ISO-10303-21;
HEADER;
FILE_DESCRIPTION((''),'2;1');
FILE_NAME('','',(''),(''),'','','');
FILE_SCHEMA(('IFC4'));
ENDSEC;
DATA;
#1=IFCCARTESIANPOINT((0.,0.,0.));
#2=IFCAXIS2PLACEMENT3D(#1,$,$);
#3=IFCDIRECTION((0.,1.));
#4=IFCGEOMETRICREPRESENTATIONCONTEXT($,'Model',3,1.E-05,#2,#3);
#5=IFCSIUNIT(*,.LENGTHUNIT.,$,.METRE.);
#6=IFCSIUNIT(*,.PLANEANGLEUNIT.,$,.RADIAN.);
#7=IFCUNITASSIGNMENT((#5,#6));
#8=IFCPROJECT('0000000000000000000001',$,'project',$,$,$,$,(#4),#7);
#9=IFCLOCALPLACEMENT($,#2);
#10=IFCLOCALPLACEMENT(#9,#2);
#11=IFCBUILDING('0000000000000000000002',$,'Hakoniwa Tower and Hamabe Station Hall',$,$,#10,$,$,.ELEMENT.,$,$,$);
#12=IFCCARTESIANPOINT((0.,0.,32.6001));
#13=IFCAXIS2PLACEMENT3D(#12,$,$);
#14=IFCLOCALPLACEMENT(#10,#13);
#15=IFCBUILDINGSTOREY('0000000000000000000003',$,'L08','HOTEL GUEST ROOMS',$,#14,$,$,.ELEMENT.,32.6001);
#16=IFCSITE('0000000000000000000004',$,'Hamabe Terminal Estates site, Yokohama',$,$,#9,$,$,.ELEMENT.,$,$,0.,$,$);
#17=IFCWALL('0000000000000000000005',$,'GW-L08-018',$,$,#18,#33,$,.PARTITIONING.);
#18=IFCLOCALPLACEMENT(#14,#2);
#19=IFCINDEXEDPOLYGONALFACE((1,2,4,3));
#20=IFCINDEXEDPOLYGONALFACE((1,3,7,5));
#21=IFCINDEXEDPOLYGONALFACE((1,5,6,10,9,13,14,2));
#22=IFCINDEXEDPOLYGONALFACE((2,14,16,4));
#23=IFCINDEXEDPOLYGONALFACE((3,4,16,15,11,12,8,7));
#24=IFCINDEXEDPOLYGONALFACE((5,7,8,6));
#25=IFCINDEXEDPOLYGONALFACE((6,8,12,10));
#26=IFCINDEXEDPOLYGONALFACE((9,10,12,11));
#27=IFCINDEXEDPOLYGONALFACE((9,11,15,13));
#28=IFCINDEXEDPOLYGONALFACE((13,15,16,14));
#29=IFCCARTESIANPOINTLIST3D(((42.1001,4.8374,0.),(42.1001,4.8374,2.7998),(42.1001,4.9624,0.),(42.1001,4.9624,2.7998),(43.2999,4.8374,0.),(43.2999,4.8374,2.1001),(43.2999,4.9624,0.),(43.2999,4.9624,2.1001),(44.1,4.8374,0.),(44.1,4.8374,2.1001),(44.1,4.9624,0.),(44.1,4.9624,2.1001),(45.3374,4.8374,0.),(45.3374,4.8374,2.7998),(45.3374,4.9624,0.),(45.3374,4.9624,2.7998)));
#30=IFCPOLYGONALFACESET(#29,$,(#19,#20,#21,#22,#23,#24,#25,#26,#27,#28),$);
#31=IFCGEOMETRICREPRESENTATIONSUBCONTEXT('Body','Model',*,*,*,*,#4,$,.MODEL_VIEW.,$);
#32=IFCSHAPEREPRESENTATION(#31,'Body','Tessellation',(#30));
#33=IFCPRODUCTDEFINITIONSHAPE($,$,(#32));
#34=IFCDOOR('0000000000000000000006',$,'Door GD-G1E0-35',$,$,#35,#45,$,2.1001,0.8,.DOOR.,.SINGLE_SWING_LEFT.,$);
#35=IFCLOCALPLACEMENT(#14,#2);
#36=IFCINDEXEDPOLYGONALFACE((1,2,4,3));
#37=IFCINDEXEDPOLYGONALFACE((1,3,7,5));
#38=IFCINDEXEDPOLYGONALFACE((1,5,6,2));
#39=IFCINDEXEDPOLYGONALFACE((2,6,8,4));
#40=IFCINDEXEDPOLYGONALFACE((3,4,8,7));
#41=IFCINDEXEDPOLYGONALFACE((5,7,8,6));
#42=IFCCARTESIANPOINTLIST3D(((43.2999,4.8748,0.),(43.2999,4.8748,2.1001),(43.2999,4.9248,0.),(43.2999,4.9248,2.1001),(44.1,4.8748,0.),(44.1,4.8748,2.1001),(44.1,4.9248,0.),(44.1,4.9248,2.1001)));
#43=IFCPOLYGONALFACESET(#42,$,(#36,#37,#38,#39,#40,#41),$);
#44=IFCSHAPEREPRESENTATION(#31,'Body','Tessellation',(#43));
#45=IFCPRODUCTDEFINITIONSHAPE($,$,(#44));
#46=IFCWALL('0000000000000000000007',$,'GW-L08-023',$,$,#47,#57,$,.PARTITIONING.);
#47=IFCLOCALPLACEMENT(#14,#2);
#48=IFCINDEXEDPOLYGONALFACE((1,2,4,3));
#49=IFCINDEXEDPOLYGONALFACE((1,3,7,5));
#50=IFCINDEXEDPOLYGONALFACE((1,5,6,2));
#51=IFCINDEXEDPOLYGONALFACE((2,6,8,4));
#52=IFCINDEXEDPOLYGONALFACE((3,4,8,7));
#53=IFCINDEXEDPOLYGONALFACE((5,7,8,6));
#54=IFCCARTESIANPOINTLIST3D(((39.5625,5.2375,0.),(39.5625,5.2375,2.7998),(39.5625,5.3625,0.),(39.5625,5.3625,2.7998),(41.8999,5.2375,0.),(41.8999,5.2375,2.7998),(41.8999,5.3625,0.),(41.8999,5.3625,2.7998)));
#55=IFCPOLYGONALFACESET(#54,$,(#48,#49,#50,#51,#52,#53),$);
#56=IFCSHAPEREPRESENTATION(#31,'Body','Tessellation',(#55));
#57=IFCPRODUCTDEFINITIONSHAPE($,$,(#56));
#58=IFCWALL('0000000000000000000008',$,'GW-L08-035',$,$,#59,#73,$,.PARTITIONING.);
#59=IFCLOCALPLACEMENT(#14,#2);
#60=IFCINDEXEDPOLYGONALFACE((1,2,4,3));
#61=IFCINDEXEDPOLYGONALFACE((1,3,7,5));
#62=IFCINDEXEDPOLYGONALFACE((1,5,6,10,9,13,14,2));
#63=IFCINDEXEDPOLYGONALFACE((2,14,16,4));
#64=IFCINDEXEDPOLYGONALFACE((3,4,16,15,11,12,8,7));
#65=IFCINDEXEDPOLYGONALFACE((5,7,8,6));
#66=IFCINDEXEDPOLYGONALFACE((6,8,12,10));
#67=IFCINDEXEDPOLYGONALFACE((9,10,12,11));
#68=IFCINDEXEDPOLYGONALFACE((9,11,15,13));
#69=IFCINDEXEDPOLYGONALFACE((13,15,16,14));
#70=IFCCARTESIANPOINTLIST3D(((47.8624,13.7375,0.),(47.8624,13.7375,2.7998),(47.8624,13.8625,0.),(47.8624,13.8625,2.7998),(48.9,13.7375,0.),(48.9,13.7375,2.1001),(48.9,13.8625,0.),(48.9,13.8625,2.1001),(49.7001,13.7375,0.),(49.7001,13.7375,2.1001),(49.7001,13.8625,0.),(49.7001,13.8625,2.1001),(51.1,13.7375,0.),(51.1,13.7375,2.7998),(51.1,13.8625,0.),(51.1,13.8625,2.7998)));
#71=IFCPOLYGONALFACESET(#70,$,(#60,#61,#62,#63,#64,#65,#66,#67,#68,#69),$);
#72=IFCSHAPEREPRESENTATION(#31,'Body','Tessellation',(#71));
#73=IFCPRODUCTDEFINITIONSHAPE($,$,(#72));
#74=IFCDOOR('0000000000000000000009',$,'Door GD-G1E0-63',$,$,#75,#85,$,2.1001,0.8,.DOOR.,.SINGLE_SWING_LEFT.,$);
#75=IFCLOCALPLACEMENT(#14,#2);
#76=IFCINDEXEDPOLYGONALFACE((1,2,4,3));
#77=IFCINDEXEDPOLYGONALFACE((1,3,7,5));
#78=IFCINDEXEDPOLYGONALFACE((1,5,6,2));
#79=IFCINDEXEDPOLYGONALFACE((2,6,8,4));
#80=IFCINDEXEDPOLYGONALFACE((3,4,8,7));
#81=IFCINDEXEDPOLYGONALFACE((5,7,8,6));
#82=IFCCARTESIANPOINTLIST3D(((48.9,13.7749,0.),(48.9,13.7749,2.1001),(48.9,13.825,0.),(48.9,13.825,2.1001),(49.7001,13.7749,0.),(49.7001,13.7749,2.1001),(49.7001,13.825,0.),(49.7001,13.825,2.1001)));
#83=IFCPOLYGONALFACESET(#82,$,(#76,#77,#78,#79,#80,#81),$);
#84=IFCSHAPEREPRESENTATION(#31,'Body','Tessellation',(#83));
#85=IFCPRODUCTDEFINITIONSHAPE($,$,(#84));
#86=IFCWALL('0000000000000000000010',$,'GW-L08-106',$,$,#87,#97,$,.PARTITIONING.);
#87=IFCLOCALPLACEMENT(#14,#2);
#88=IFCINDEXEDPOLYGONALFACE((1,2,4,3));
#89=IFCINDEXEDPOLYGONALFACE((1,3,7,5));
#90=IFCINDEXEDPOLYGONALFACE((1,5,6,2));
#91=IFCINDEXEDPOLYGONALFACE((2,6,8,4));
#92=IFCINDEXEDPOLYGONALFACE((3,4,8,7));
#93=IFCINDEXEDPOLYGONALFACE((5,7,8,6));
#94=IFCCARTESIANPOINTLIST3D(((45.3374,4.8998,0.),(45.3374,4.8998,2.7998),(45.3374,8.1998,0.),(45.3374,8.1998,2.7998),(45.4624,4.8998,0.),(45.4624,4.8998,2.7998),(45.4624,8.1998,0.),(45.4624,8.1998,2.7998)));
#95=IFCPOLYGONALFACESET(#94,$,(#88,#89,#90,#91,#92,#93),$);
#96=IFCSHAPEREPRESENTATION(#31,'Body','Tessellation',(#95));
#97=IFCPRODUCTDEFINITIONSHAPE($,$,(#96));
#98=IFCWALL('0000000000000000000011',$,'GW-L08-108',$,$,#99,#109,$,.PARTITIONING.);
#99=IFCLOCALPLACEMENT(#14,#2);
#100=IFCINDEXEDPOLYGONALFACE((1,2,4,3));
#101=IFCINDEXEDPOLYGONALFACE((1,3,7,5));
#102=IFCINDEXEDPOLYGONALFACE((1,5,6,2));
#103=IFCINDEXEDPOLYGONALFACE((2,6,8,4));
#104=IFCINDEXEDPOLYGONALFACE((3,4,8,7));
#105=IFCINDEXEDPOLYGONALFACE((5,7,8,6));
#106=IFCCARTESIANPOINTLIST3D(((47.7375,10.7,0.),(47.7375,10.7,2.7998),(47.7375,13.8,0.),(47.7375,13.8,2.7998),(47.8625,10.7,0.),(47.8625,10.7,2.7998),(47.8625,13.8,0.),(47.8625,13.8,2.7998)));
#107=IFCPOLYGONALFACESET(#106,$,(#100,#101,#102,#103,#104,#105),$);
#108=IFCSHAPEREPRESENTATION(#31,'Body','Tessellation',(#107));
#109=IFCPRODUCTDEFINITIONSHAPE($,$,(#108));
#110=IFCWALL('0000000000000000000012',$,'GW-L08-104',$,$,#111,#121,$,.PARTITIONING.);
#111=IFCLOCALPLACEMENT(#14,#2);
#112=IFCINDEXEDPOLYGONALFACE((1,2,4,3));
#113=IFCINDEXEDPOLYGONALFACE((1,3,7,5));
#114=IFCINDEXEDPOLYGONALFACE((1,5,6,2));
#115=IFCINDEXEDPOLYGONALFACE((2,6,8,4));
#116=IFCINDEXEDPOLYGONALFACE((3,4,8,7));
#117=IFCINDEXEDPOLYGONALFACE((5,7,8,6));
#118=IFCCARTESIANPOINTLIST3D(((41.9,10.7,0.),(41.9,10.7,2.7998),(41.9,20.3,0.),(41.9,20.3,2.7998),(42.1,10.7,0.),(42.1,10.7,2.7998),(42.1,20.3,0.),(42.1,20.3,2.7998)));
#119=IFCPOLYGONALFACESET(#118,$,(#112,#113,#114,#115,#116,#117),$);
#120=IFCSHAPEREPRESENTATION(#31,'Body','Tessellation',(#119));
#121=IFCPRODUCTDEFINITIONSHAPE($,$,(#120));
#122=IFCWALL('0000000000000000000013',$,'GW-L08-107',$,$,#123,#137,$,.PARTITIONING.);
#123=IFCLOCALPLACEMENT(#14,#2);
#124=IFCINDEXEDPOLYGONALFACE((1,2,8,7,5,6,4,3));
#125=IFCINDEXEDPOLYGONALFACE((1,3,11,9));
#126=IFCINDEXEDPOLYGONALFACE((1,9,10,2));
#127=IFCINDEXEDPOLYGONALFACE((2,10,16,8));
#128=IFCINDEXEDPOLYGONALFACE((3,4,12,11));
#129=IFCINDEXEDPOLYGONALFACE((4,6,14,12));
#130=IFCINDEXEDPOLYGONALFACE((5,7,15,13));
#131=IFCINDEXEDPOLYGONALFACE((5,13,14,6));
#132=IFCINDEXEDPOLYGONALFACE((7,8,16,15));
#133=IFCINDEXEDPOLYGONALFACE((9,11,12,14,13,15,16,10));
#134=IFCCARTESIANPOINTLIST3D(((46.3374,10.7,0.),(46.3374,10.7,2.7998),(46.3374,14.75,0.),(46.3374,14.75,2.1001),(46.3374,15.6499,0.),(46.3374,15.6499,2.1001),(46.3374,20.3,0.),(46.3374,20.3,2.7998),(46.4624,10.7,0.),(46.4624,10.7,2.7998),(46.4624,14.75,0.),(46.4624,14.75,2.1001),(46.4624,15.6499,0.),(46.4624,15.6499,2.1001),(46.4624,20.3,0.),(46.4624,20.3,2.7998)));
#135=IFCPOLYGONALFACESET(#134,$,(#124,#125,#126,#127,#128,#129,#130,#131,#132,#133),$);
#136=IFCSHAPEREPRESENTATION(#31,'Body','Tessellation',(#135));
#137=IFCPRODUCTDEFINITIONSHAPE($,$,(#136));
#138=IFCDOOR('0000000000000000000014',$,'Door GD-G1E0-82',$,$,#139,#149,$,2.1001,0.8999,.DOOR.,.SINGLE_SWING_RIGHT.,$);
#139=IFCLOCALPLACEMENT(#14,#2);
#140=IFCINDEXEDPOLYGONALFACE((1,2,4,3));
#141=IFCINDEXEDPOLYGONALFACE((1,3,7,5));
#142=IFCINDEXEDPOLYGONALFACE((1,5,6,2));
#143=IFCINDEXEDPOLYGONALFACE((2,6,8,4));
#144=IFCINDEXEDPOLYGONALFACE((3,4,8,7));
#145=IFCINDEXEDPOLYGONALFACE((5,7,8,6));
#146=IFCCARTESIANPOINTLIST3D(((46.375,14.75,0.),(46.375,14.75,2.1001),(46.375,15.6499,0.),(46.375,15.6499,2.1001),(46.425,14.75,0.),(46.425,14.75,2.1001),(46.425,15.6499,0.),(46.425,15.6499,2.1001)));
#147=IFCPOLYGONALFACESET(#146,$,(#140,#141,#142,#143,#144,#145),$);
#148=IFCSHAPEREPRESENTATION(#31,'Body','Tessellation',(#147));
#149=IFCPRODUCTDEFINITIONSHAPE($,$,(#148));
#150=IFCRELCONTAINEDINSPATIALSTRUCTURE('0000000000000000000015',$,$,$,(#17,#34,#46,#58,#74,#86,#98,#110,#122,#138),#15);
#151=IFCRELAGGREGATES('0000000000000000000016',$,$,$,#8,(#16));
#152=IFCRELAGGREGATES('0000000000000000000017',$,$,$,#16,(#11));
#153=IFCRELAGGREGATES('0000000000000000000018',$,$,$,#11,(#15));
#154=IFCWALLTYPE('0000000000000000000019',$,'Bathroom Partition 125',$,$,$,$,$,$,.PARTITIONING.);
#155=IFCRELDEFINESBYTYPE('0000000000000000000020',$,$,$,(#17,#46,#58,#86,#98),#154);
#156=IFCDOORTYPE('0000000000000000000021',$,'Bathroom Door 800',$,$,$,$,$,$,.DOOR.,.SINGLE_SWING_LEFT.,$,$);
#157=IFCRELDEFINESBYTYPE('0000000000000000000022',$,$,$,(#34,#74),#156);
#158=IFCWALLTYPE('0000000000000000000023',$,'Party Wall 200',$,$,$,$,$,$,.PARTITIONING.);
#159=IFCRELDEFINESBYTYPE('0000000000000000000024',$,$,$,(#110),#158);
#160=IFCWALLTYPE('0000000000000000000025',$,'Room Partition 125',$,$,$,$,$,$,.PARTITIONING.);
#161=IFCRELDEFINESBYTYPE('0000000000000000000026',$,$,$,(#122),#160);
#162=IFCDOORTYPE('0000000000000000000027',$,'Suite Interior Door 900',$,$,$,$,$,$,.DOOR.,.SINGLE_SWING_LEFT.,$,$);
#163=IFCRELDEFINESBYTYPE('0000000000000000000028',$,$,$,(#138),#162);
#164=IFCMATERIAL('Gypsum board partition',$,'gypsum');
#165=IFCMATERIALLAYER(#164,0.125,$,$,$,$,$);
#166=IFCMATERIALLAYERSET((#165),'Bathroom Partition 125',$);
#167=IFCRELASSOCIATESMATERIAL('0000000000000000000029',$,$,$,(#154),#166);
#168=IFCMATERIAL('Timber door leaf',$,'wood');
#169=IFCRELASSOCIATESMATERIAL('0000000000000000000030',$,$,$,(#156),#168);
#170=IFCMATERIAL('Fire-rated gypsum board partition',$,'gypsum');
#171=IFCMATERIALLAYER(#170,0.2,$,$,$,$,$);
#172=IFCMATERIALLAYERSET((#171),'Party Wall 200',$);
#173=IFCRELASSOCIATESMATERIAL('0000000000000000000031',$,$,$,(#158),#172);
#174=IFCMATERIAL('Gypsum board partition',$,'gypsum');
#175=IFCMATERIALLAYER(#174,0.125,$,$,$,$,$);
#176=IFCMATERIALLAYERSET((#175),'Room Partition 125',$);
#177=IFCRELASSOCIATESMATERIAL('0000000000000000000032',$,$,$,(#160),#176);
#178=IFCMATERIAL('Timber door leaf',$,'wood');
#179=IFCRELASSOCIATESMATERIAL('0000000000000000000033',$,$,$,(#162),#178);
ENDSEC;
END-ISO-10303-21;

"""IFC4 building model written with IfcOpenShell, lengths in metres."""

from ifc_helpers import new_model, si_unit, direction, frame, frame_2d, origin, place, context, subcontext, project, spatial, rectangle, extrude, material, layer, layer_set, type_object, element, fill, save


model = new_model("IFC4")

# Units and contexts
model_context = context("Model", 3, precision=1e-05, world=origin(), true_north=direction((0.0, 1.0)))
body_context = subcontext(model_context, "Body", "Model", "MODEL_VIEW")
ifc_project = project(units=[si_unit("LENGTHUNIT", "METRE"), si_unit("PLANEANGLEUNIT", "RADIAN")], contexts=[model_context])

# Site, building, storey
site_placement = place(None, origin())
site = spatial("IfcSite", under=ifc_project, at=site_placement, Name="Hamabe Terminal Estates site, Yokohama", CompositionType="ELEMENT", RefElevation=0.0)
building_placement = place(site_placement, origin())
building = spatial("IfcBuilding", under=site, at=building_placement, Name="Hakoniwa Tower and Hamabe Station Hall", CompositionType="ELEMENT")
storey_placement = place(building_placement, frame((0.0, 0.0, 32.6001)))
storey = spatial("IfcBuildingStorey", under=building, at=storey_placement, Name="L08", Description="HOTEL GUEST ROOMS", CompositionType="ELEMENT", Elevation=32.6001)

# Wall, opening, door
ifc_material_1 = material(Name="Gypsum board partition", Category="gypsum")
ifc_layer_1 = layer(ifc_material_1, 0.125)
ifc_layer_set_1 = layer_set([ifc_layer_1], Name="Bathroom Partition 125")
wall_type_1 = type_object("IfcWallType", Name="Bathroom Partition 125", PredefinedType="PARTITIONING", material=ifc_layer_set_1)
wall_1_placement = place(storey_placement, frame((42.1001, 4.8999, 0.0), z_axis=(0.0, 0.0, 1.0), x_axis=(1.0, 0.0, 0.0)))
wall_1 = element("IfcWall", 1, at=wall_1_placement, inside=storey, type_object=wall_type_1, Name="GW-L08-018", PredefinedType="PARTITIONING", context=body_context, shape_type="SweptSolid", body=[
    extrude(rectangle(XDim=3.2373, YDim=0.125, at=frame_2d((1.6187, 0.0))), origin(), (0.0, 0.0, 1.0), 2.7998),
])
opening_1_placement = place(wall_1_placement, frame((1.2, 0.0, 0.0)))
opening_1 = element("IfcOpeningElement", 2, at=opening_1_placement, cuts=wall_1, PredefinedType="OPENING", context=body_context, shape_type="SweptSolid", body=[
    extrude(rectangle(XDim=0.8, YDim=2.1001, at=frame_2d((0.3999, 1.05))), frame((0.0, 0.0725, 0.0), z_axis=(0.0, -1.0, 0.0), x_axis=(1.0, 0.0, 0.0)), (0.0, 0.0, 1.0), 0.145),
])
ifc_material_2 = material(Name="Timber door leaf", Category="wood")
door_type_1 = type_object("IfcDoorType", Name="Bathroom Door 800", OperationType="SINGLE_SWING_LEFT", PredefinedType="DOOR", material=ifc_material_2)
door_1_placement = place(opening_1_placement, origin())
door_1 = element("IfcDoor", 3, at=door_1_placement, inside=storey, type_object=door_type_1, Name="Door GD-G1E0-35", OperationType="SINGLE_SWING_LEFT", OverallHeight=2.1001, OverallWidth=0.8, PredefinedType="DOOR", context=body_context, shape_type="SweptSolid", body=[
    extrude(rectangle(XDim=0.8, YDim=2.1001, at=frame_2d((0.3999, 1.05))), frame((0.0, 0.0249, 0.0), z_axis=(0.0, -1.0, 0.0), x_axis=(1.0, 0.0, 0.0)), (0.0, 0.0, 1.0), 0.05),
])
fill(opening_1, door_1)

# Wall
wall_2_placement = place(storey_placement, frame((39.5625, 5.3, 0.0), z_axis=(0.0, 0.0, 1.0), x_axis=(1.0, 0.0, 0.0)))
element("IfcWall", 4, at=wall_2_placement, inside=storey, type_object=wall_type_1, Name="GW-L08-023", PredefinedType="PARTITIONING", context=body_context, shape_type="SweptSolid", body=[
    extrude(rectangle(XDim=2.3374, YDim=0.125, at=frame_2d((1.1687, 0.0))), origin(), (0.0, 0.0, 1.0), 2.7998),
])

# Wall, opening, door
wall_3_placement = place(storey_placement, frame((47.8625, 13.8, 0.0), z_axis=(0.0, 0.0, 1.0), x_axis=(1.0, 0.0, 0.0)))
wall_3 = element("IfcWall", 5, at=wall_3_placement, inside=storey, type_object=wall_type_1, Name="GW-L08-035", PredefinedType="PARTITIONING", context=body_context, shape_type="SweptSolid", body=[
    extrude(rectangle(XDim=3.2375, YDim=0.125, at=frame_2d((1.6187, 0.0))), origin(), (0.0, 0.0, 1.0), 2.7998),
])
opening_2_placement = place(wall_3_placement, frame((1.0376, 0.0, 0.0)))
opening_2 = element("IfcOpeningElement", 6, at=opening_2_placement, cuts=wall_3, PredefinedType="OPENING", context=body_context, shape_type="SweptSolid", body=[
    extrude(rectangle(XDim=0.8, YDim=2.1001, at=frame_2d((0.3999, 1.05))), frame((0.0, 0.0725, 0.0), z_axis=(0.0, -1.0, 0.0), x_axis=(1.0, 0.0, 0.0)), (0.0, 0.0, 1.0), 0.145),
])
door_2_placement = place(opening_2_placement, origin())
door_2 = element("IfcDoor", 7, at=door_2_placement, inside=storey, type_object=door_type_1, Name="Door GD-G1E0-63", OperationType="SINGLE_SWING_LEFT", OverallHeight=2.1001, OverallWidth=0.8, PredefinedType="DOOR", context=body_context, shape_type="SweptSolid", body=[
    extrude(rectangle(XDim=0.8, YDim=2.1001, at=frame_2d((0.3999, 1.05))), frame((0.0, 0.0249, 0.0), z_axis=(0.0, -1.0, 0.0), x_axis=(1.0, 0.0, 0.0)), (0.0, 0.0, 1.0), 0.05),
])
fill(opening_2, door_2)

# Walls
wall_4_placement = place(storey_placement, frame((45.3999, 4.8999, 0.0), z_axis=(0.0, 0.0, 1.0), x_axis=(0.0, 1.0, 0.0)))
element("IfcWall", 8, at=wall_4_placement, inside=storey, type_object=wall_type_1, Name="GW-L08-106", PredefinedType="PARTITIONING", context=body_context, shape_type="SweptSolid", body=[
    extrude(rectangle(XDim=3.3, YDim=0.125, at=frame_2d((1.6499, 0.0))), origin(), (0.0, 0.0, 1.0), 2.7998),
])
wall_5_placement = place(storey_placement, frame((47.8, 10.7, 0.0), z_axis=(0.0, 0.0, 1.0), x_axis=(0.0, 1.0, 0.0)))
element("IfcWall", 9, at=wall_5_placement, inside=storey, type_object=wall_type_1, Name="GW-L08-108", PredefinedType="PARTITIONING", context=body_context, shape_type="SweptSolid", body=[
    extrude(rectangle(XDim=3.1001, YDim=0.125, at=frame_2d((1.55, 0.0))), origin(), (0.0, 0.0, 1.0), 2.7998),
])
ifc_material_3 = material(Name="Fire-rated gypsum board partition", Category="gypsum")
ifc_layer_2 = layer(ifc_material_3, 0.2)
ifc_layer_set_2 = layer_set([ifc_layer_2], Name="Party Wall 200")
wall_type_2 = type_object("IfcWallType", Name="Party Wall 200", PredefinedType="PARTITIONING", material=ifc_layer_set_2)
wall_6_placement = place(storey_placement, frame((42.0, 10.7, 0.0), z_axis=(0.0, 0.0, 1.0), x_axis=(0.0, 1.0, 0.0)))
element("IfcWall", 10, at=wall_6_placement, inside=storey, type_object=wall_type_2, Name="GW-L08-104", PredefinedType="PARTITIONING", context=body_context, shape_type="SweptSolid", body=[
    extrude(rectangle(XDim=9.6001, YDim=0.2, at=frame_2d((4.8, 0.0))), origin(), (0.0, 0.0, 1.0), 2.7998),
])

# Wall, opening, door
ifc_material_4 = material(Name="Gypsum board partition", Category="gypsum")
ifc_layer_3 = layer(ifc_material_4, 0.125)
ifc_layer_set_3 = layer_set([ifc_layer_3], Name="Room Partition 125")
wall_type_3 = type_object("IfcWallType", Name="Room Partition 125", PredefinedType="PARTITIONING", material=ifc_layer_set_3)
wall_7_placement = place(storey_placement, frame((46.3999, 10.7, 0.0), z_axis=(0.0, 0.0, 1.0), x_axis=(0.0, 1.0, 0.0)))
wall_7 = element("IfcWall", 11, at=wall_7_placement, inside=storey, type_object=wall_type_3, Name="GW-L08-107", PredefinedType="PARTITIONING", context=body_context, shape_type="SweptSolid", body=[
    extrude(rectangle(XDim=9.6001, YDim=0.125, at=frame_2d((4.8, 0.0))), origin(), (0.0, 0.0, 1.0), 2.7998),
])
opening_3_placement = place(wall_7_placement, frame((4.05, 0.0, 0.0)))
opening_3 = element("IfcOpeningElement", 12, at=opening_3_placement, cuts=wall_7, PredefinedType="OPENING", context=body_context, shape_type="SweptSolid", body=[
    extrude(rectangle(XDim=0.8999, YDim=2.1001, at=frame_2d((0.45, 1.05))), frame((0.0, 0.0725, 0.0), z_axis=(0.0, -1.0, 0.0), x_axis=(1.0, 0.0, 0.0)), (0.0, 0.0, 1.0), 0.145),
])
ifc_material_5 = material(Name="Timber door leaf", Category="wood")
door_type_2 = type_object("IfcDoorType", Name="Suite Interior Door 900", OperationType="SINGLE_SWING_LEFT", PredefinedType="DOOR", material=ifc_material_5)
door_3_placement = place(opening_3_placement, origin())
door_3 = element("IfcDoor", 13, at=door_3_placement, inside=storey, type_object=door_type_2, Name="Door GD-G1E0-82", OperationType="SINGLE_SWING_RIGHT", OverallHeight=2.1001, OverallWidth=0.8999, PredefinedType="DOOR", context=body_context, shape_type="SweptSolid", body=[
    extrude(rectangle(XDim=0.8999, YDim=2.1001, at=frame_2d((0.45, 1.05))), frame((0.0, 0.0249, 0.0), z_axis=(0.0, -1.0, 0.0), x_axis=(1.0, 0.0, 0.0)), (0.0, 0.0, 1.0), 0.05),
])
fill(opening_3, door_3)

save(model, "model.ifc")
